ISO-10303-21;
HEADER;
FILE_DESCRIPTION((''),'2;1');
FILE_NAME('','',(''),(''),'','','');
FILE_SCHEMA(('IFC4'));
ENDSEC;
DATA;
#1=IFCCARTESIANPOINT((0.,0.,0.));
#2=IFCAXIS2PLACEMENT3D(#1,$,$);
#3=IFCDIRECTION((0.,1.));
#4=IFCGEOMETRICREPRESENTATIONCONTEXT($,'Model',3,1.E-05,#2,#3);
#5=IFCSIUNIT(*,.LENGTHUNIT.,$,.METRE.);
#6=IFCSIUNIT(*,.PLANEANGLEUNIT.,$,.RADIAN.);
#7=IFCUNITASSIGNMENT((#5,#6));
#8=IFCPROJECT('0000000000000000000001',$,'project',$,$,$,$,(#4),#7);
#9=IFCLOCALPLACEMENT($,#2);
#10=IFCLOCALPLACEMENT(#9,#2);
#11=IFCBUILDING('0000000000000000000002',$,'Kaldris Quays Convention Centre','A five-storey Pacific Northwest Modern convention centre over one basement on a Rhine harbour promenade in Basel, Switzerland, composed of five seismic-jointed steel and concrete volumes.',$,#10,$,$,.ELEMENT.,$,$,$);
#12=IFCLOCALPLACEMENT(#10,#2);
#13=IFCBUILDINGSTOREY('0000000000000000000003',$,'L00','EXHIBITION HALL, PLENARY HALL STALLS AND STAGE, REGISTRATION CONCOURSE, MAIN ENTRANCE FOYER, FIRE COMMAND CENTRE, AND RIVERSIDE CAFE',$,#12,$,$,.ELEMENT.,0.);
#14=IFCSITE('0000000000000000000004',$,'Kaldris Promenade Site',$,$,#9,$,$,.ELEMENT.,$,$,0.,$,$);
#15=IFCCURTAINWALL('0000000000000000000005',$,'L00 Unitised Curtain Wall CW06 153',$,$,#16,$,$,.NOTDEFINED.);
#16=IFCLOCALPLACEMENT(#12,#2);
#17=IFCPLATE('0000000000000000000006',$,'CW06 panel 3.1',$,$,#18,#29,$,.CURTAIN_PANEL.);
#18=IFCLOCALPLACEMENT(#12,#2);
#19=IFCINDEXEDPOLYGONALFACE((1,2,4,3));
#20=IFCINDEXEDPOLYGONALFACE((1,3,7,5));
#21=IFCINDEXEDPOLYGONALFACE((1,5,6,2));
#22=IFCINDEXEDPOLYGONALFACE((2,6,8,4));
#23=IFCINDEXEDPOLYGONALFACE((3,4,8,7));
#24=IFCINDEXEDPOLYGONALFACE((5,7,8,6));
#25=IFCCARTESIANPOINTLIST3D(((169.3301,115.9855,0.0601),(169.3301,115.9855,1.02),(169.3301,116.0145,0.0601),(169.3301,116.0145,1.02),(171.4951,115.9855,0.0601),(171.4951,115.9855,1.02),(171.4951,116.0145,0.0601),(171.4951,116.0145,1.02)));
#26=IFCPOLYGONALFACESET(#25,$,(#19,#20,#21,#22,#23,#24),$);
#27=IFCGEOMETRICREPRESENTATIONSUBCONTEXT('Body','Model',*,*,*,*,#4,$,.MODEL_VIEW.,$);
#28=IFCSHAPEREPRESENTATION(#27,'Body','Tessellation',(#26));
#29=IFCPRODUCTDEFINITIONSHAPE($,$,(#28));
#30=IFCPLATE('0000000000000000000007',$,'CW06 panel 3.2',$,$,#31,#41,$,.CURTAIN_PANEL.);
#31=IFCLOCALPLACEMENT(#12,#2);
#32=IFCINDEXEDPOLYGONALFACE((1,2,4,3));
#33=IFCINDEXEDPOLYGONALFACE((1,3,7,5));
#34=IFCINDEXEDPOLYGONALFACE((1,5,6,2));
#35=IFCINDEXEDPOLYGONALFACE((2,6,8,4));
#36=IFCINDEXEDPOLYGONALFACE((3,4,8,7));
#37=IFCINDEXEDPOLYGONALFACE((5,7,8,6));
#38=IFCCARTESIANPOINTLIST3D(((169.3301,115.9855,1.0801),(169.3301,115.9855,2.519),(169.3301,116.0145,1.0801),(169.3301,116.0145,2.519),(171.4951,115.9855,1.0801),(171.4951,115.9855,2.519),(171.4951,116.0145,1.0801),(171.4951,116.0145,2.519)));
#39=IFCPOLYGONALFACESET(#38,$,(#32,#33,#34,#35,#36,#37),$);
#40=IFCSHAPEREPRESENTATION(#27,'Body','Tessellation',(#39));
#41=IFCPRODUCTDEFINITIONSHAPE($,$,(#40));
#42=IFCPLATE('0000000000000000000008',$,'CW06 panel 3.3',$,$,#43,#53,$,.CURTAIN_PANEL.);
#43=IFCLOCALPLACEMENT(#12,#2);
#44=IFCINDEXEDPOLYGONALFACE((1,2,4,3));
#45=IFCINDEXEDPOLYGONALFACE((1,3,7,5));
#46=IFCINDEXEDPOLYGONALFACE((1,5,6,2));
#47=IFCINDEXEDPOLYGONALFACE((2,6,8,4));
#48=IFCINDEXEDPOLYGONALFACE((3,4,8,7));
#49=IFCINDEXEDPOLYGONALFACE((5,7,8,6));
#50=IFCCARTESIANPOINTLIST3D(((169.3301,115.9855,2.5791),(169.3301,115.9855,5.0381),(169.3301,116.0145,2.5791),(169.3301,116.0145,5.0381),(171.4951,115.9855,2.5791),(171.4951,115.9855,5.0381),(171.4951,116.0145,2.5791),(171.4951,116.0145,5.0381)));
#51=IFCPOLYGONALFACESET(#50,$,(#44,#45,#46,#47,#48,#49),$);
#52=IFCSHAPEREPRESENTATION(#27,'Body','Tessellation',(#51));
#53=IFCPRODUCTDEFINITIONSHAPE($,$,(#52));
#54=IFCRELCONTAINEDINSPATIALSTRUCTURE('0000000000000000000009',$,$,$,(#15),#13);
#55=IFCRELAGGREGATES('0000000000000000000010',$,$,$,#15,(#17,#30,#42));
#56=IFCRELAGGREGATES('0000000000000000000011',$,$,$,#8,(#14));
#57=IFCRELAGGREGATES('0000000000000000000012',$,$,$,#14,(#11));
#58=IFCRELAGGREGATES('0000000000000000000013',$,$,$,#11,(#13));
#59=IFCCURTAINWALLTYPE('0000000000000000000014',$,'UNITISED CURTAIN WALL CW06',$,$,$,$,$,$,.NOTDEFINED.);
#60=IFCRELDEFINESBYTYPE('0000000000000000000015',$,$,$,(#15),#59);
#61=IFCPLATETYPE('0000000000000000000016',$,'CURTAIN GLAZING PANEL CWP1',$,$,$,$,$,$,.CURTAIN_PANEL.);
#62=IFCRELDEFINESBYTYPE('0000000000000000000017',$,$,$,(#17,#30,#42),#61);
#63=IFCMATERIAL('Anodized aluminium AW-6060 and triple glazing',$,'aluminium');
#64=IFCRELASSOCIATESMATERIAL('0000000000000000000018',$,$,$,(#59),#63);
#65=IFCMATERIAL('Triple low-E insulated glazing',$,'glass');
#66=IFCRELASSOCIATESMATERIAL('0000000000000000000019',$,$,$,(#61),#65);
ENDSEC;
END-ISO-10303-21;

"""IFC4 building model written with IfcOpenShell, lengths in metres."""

from ifc_helpers import new_model, si_unit, direction, frame, origin, origin_2d, place, context, subcontext, project, spatial, rectangle, extrude, material, type_object, element, aggregate, save


model = new_model("IFC4")

# Units and contexts
model_context = context("Model", 3, precision=1e-05, world=origin(), true_north=direction((0.0, 1.0)))
body_context = subcontext(model_context, "Body", "Model", "MODEL_VIEW")
ifc_project = project(units=[si_unit("LENGTHUNIT", "METRE"), si_unit("PLANEANGLEUNIT", "RADIAN")], contexts=[model_context])

# Site, building, storey
site_placement = place(None, origin())
site = spatial("IfcSite", under=ifc_project, at=site_placement, Name="Kaldris Promenade Site", CompositionType="ELEMENT", RefElevation=0.0)
building_placement = place(site_placement, origin())
building = spatial("IfcBuilding", under=site, at=building_placement, Name="Kaldris Quays Convention Centre", Description="A five-storey Pacific Northwest Modern convention centre over one basement on a Rhine harbour promenade in Basel, Switzerland, composed of five seismic-jointed steel and concrete volumes.", CompositionType="ELEMENT")
storey_placement = place(building_placement, origin())
storey = spatial("IfcBuildingStorey", under=building, at=storey_placement, Name="L00", Description="EXHIBITION HALL, PLENARY HALL STALLS AND STAGE, REGISTRATION CONCOURSE, MAIN ENTRANCE FOYER, FIRE COMMAND CENTRE, AND RIVERSIDE CAFE", CompositionType="ELEMENT", Elevation=0.0)

# Curtain wall
ifc_material_1 = material(Name="Anodized aluminium AW-6060 and triple glazing", Category="aluminium")
curtain_wall_type = type_object("IfcCurtainWallType", Name="UNITISED CURTAIN WALL CW06", PredefinedType="NOTDEFINED", material=ifc_material_1)
curtain_wall_placement = place(storey_placement, origin())
curtain_wall = element("IfcCurtainWall", 1, at=curtain_wall_placement, inside=storey, type_object=curtain_wall_type, Name="L00 Unitised Curtain Wall CW06 153", PredefinedType="NOTDEFINED")

# Plates
ifc_material_2 = material(Name="Triple low-E insulated glazing", Category="glass")
plate_type = type_object("IfcPlateType", Name="CURTAIN GLAZING PANEL CWP1", PredefinedType="CURTAIN_PANEL", material=ifc_material_2)
plate_1_placement = place(storey_placement, frame((170.4126, 116.0, 0.0601), z_axis=(0.0, 0.0, 1.0), x_axis=(1.0, 0.0, 0.0)))
plate_1 = element("IfcPlate", 2, at=plate_1_placement, type_object=plate_type, Name="CW06 panel 3.1", PredefinedType="CURTAIN_PANEL", context=body_context, shape_type="SweptSolid", body=[
    extrude(rectangle(XDim=2.165, YDim=0.0291, at=origin_2d()), origin(), (0.0, 0.0, 1.0), 0.96),
])
plate_2_placement = place(storey_placement, frame((170.4126, 116.0, 1.0801), z_axis=(0.0, 0.0, 1.0), x_axis=(1.0, 0.0, 0.0)))
plate_2 = element("IfcPlate", 3, at=plate_2_placement, type_object=plate_type, Name="CW06 panel 3.2", PredefinedType="CURTAIN_PANEL", context=body_context, shape_type="SweptSolid", body=[
    extrude(rectangle(XDim=2.165, YDim=0.0291, at=origin_2d()), origin(), (0.0, 0.0, 1.0), 1.439),
])
plate_3_placement = place(storey_placement, frame((170.4126, 116.0, 2.5791), z_axis=(0.0, 0.0, 1.0), x_axis=(1.0, 0.0, 0.0)))
plate_3 = element("IfcPlate", 4, at=plate_3_placement, type_object=plate_type, Name="CW06 panel 3.3", PredefinedType="CURTAIN_PANEL", context=body_context, shape_type="SweptSolid", body=[
    extrude(rectangle(XDim=2.165, YDim=0.0291, at=origin_2d()), origin(), (0.0, 0.0, 1.0), 2.459),
])
aggregate(curtain_wall, [plate_1, plate_2, plate_3])

save(model, "model.ifc")
